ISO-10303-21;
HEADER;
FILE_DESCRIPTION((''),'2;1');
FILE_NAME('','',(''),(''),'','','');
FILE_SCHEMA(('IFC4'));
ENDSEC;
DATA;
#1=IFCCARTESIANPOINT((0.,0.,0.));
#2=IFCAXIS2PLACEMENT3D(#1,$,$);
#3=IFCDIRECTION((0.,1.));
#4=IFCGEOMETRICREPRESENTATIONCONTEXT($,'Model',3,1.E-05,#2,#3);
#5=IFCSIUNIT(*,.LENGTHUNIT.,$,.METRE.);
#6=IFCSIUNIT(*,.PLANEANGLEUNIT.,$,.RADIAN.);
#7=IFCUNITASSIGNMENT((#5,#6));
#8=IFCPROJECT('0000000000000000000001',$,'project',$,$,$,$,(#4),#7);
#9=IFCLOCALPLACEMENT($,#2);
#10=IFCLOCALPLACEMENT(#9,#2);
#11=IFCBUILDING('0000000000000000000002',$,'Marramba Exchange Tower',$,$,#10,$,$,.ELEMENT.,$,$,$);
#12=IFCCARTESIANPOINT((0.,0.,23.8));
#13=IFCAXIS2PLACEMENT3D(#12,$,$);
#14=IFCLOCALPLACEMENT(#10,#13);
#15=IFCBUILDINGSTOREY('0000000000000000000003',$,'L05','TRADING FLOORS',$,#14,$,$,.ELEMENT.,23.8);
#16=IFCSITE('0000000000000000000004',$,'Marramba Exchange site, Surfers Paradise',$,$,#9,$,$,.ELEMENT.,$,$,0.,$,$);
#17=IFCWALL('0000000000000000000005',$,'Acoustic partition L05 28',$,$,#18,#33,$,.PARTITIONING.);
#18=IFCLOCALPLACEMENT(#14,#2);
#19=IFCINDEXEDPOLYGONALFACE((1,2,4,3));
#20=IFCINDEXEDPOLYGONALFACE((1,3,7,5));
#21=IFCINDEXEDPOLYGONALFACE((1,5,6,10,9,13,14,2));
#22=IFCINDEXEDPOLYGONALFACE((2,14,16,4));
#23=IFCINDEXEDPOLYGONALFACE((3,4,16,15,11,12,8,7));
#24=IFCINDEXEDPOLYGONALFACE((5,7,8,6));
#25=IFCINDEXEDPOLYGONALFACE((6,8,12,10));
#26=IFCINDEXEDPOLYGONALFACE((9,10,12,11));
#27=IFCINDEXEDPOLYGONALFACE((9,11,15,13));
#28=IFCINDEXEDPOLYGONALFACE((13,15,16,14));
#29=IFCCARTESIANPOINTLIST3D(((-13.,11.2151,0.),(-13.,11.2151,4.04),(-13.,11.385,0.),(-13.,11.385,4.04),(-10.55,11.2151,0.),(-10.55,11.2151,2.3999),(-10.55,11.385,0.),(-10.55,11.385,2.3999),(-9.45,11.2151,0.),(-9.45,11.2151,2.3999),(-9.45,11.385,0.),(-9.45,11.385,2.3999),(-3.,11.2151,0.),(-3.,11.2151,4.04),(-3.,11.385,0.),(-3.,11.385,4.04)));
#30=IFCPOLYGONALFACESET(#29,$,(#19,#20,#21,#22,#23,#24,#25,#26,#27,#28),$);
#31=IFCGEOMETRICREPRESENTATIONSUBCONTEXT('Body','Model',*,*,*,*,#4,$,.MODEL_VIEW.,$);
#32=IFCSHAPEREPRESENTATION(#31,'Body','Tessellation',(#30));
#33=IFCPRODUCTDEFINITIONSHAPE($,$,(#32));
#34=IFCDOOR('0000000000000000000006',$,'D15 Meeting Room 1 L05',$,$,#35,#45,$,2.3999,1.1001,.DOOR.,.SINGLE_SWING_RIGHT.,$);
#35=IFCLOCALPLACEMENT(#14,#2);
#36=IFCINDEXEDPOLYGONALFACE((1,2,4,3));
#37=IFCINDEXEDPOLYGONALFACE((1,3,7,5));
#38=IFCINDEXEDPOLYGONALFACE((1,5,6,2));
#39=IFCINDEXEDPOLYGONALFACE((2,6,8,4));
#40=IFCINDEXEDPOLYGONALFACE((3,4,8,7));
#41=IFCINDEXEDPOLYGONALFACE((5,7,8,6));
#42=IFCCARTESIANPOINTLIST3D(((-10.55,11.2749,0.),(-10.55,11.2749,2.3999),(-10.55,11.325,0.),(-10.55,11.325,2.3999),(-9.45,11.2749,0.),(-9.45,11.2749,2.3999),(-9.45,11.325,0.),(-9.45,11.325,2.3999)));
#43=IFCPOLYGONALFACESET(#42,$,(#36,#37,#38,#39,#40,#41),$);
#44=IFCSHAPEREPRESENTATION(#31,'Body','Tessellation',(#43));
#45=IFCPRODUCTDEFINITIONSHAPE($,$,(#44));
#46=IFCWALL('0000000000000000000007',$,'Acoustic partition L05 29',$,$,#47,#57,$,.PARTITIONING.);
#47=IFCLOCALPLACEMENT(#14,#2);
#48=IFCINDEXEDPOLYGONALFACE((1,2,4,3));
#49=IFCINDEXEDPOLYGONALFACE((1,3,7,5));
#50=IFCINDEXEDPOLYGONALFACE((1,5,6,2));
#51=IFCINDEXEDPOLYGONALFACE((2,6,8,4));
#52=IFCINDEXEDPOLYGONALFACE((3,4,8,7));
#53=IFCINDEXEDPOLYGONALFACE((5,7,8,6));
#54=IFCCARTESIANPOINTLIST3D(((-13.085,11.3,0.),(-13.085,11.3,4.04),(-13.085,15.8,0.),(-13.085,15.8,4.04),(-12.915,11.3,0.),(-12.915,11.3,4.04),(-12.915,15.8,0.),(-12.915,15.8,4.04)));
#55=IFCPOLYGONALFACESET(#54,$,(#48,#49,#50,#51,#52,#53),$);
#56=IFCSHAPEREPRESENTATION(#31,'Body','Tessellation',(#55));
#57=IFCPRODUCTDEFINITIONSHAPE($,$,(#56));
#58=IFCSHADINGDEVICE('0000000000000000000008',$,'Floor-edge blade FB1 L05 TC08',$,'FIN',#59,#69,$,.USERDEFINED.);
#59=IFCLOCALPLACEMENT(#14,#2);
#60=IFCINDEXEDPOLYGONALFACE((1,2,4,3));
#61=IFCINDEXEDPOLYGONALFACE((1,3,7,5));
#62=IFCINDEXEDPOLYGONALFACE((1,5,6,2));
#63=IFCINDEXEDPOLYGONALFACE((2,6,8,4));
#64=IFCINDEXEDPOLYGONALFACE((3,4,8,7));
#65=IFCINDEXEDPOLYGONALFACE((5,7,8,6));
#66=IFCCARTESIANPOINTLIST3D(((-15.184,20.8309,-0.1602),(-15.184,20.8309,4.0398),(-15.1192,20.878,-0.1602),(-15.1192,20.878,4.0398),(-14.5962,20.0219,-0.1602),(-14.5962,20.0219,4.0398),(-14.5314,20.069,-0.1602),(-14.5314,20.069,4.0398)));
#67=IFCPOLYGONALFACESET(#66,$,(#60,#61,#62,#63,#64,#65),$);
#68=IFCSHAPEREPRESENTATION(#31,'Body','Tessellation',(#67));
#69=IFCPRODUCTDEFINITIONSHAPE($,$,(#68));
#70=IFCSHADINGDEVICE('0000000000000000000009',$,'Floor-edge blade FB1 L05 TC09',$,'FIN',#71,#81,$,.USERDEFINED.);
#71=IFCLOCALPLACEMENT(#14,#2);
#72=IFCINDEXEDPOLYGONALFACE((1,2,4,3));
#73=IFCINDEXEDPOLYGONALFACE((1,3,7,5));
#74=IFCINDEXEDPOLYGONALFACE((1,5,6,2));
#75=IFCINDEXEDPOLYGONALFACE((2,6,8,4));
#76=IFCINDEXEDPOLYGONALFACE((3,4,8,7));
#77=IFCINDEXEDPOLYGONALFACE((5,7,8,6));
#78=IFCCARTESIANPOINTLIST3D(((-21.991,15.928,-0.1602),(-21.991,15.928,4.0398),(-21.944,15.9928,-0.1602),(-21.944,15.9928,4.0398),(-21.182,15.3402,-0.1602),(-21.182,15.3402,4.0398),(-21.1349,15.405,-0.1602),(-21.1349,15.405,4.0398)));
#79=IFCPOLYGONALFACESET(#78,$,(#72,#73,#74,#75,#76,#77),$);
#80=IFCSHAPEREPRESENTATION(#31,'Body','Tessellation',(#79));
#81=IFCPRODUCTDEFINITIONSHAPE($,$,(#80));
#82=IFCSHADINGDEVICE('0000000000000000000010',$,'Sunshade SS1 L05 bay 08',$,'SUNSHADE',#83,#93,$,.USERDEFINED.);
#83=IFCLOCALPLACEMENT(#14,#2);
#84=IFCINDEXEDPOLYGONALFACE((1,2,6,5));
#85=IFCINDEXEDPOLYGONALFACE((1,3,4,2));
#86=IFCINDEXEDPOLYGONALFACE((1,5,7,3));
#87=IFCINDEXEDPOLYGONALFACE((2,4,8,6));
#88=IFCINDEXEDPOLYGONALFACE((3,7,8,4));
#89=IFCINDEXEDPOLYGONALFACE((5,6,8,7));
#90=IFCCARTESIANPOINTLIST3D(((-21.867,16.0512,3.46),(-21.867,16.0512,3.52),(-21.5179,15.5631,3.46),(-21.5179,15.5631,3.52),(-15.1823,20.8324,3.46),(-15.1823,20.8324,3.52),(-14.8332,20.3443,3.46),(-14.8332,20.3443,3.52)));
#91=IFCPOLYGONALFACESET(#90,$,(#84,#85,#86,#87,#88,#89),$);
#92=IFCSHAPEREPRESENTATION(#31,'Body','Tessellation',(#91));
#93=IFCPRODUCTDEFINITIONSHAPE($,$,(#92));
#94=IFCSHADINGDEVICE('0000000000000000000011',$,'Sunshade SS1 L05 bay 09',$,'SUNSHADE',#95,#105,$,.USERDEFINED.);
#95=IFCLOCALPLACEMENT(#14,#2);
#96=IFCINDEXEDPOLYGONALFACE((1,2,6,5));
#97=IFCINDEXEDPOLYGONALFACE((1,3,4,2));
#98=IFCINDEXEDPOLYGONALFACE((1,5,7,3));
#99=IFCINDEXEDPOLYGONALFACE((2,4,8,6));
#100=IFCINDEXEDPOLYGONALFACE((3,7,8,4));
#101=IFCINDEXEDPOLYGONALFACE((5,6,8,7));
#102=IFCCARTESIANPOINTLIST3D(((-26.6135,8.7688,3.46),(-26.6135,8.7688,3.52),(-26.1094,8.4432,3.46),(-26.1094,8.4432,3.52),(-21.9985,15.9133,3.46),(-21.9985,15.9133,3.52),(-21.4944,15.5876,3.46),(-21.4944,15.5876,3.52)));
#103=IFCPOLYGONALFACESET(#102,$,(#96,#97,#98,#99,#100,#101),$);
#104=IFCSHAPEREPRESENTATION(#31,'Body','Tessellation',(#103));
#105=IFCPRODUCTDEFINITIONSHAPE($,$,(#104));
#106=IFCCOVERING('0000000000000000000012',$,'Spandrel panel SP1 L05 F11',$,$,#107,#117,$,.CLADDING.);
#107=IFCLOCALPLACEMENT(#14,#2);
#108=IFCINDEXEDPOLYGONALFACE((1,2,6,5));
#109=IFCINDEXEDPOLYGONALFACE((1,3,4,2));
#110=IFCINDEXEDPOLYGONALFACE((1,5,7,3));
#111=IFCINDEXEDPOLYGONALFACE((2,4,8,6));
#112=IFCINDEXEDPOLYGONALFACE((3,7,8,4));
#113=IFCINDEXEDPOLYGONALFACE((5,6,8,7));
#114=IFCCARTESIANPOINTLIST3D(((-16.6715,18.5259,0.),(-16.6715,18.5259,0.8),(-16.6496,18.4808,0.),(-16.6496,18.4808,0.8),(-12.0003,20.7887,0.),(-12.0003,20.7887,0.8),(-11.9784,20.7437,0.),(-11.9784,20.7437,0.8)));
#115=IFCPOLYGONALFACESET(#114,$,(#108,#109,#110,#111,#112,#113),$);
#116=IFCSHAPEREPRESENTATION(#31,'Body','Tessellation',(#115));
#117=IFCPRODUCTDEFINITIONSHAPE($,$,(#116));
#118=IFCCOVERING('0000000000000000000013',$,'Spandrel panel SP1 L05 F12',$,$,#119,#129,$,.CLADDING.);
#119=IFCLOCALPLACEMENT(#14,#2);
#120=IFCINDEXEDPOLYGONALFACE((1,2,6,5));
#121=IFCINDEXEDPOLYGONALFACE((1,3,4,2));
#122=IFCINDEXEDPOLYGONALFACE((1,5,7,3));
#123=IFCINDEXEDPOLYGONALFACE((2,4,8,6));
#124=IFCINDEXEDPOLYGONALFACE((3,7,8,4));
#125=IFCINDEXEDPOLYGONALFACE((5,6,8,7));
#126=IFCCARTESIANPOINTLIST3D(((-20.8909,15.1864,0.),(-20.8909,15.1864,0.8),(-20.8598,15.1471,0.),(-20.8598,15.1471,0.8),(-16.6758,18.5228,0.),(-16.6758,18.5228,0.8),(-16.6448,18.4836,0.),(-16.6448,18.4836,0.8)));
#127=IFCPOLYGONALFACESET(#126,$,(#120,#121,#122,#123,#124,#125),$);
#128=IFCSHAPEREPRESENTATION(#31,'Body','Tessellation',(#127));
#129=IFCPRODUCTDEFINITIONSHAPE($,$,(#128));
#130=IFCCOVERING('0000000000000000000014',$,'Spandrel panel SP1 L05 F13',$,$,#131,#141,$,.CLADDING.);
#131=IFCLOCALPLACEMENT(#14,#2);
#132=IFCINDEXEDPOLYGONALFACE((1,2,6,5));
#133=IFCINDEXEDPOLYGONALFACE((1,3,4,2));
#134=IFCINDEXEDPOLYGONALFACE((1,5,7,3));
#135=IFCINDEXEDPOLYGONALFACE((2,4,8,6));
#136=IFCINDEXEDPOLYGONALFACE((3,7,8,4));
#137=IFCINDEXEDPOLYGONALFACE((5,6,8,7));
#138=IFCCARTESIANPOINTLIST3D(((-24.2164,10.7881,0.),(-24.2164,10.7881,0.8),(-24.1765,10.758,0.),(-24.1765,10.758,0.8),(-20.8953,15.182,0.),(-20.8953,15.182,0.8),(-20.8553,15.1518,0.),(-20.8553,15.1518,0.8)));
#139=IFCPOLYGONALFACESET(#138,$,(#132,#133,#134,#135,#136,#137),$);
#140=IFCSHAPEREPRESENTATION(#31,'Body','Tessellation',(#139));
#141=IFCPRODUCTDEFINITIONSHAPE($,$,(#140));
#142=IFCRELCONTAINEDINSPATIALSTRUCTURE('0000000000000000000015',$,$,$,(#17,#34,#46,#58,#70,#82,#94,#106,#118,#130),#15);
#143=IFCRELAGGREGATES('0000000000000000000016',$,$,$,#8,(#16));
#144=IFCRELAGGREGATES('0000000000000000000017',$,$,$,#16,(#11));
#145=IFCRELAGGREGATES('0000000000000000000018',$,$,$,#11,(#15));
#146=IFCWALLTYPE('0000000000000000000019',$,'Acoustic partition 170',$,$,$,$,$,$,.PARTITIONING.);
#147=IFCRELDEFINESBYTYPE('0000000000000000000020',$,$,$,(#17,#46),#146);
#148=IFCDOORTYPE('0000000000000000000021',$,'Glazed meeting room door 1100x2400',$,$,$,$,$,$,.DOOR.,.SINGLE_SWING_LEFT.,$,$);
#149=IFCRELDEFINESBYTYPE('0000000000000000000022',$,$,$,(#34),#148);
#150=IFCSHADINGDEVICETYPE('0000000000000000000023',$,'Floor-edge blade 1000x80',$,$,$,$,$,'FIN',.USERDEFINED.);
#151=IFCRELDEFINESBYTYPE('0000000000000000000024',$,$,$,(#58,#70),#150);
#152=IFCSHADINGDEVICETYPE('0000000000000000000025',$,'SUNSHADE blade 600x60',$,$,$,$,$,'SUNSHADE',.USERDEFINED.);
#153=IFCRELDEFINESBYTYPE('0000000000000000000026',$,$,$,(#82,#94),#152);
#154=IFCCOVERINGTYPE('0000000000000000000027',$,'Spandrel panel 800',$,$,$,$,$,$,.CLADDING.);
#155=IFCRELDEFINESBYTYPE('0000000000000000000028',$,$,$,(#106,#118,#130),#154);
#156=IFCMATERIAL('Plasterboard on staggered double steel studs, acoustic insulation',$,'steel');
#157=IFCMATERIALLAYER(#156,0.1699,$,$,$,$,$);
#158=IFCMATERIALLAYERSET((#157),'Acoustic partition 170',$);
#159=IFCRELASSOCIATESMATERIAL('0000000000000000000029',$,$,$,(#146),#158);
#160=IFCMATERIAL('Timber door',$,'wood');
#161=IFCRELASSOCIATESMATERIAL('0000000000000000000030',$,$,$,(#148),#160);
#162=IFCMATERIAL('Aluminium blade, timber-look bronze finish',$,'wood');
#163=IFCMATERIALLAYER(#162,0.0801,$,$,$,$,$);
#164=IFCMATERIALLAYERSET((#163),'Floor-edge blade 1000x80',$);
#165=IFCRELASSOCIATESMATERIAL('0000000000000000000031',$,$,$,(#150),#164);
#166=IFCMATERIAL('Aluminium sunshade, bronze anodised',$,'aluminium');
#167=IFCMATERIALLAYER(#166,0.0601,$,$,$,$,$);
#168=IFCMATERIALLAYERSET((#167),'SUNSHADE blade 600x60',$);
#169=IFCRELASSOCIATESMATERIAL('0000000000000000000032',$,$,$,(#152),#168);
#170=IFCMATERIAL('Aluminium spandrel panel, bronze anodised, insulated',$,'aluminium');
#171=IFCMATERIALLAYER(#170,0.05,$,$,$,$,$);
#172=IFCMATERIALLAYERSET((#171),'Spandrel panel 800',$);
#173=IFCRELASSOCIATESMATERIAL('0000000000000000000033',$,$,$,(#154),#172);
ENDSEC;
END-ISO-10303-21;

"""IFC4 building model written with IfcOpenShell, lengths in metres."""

from ifc_helpers import new_model, si_unit, direction, frame, frame_2d, origin, origin_2d, place, context, subcontext, project, spatial, rectangle, extrude, material, layer, layer_set, type_object, element, fill, save


model = new_model("IFC4")

# Units and contexts
model_context = context("Model", 3, precision=1e-05, world=origin(), true_north=direction((0.0, 1.0)))
body_context = subcontext(model_context, "Body", "Model", "MODEL_VIEW")
ifc_project = project(units=[si_unit("LENGTHUNIT", "METRE"), si_unit("PLANEANGLEUNIT", "RADIAN")], contexts=[model_context])

# Site, building, storey
site_placement = place(None, origin())
site = spatial("IfcSite", under=ifc_project, at=site_placement, Name="Marramba Exchange site, Surfers Paradise", CompositionType="ELEMENT", RefElevation=0.0)
building_placement = place(site_placement, origin())
building = spatial("IfcBuilding", under=site, at=building_placement, Name="Marramba Exchange Tower", CompositionType="ELEMENT")
storey_placement = place(building_placement, frame((0.0, 0.0, 23.8)))
storey = spatial("IfcBuildingStorey", under=building, at=storey_placement, Name="L05", Description="TRADING FLOORS", CompositionType="ELEMENT", Elevation=23.8)

# Wall, opening, door
ifc_material_1 = material(Name="Plasterboard on staggered double steel studs, acoustic insulation", Category="steel")
ifc_layer_1 = layer(ifc_material_1, 0.1699)
ifc_layer_set_1 = layer_set([ifc_layer_1], Name="Acoustic partition 170")
wall_type = type_object("IfcWallType", Name="Acoustic partition 170", PredefinedType="PARTITIONING", material=ifc_layer_set_1)
wall_1_placement = place(storey_placement, frame((-13.0, 11.3, 0.0), z_axis=(0.0, 0.0, 1.0), x_axis=(1.0, 0.0, 0.0)))
wall_1 = element("IfcWall", 1, at=wall_1_placement, inside=storey, type_object=wall_type, Name="Acoustic partition L05 28", PredefinedType="PARTITIONING", context=body_context, shape_type="SweptSolid", body=[
    extrude(rectangle(XDim=10.0, YDim=0.1699, at=frame_2d((5.0, 0.0))), origin(), (0.0, 0.0, 1.0), 4.04),
])
opening_placement = place(wall_1_placement, frame((2.45, 0.0, 0.0)))
opening = element("IfcOpeningElement", 2, at=opening_placement, cuts=wall_1, PredefinedType="OPENING", context=body_context, shape_type="SweptSolid", body=[
    extrude(rectangle(XDim=1.1001, YDim=2.3999, at=frame_2d((0.55, 1.2))), frame((0.0, 0.095, 0.0), z_axis=(0.0, -1.0, 0.0), x_axis=(1.0, 0.0, 0.0)), (0.0, 0.0, 1.0), 0.1899),
])
ifc_material_2 = material(Name="Timber door", Category="wood")
door_type = type_object("IfcDoorType", Name="Glazed meeting room door 1100x2400", OperationType="SINGLE_SWING_LEFT", PredefinedType="DOOR", material=ifc_material_2)
door_placement = place(opening_placement, origin())
door = element("IfcDoor", 3, at=door_placement, inside=storey, type_object=door_type, Name="D15 Meeting Room 1 L05", OperationType="SINGLE_SWING_RIGHT", OverallHeight=2.3999, OverallWidth=1.1001, PredefinedType="DOOR", context=body_context, shape_type="SweptSolid", body=[
    extrude(rectangle(XDim=1.1001, YDim=2.3999, at=frame_2d((0.55, 1.2))), frame((0.0, 0.0249, 0.0), z_axis=(0.0, -1.0, 0.0), x_axis=(1.0, 0.0, 0.0)), (0.0, 0.0, 1.0), 0.05),
])
fill(opening, door)

# Wall
wall_2_placement = place(storey_placement, frame((-13.0, 15.8, 0.0), z_axis=(0.0, 0.0, 1.0), x_axis=(0.0, -1.0, 0.0)))
element("IfcWall", 4, at=wall_2_placement, inside=storey, type_object=wall_type, Name="Acoustic partition L05 29", PredefinedType="PARTITIONING", context=body_context, shape_type="SweptSolid", body=[
    extrude(rectangle(XDim=4.5, YDim=0.1699, at=frame_2d((2.25, 0.0))), origin(), (0.0, 0.0, 1.0), 4.04),
])

# Shading devices
ifc_material_3 = material(Name="Aluminium blade, timber-look bronze finish", Category="wood")
ifc_layer_2 = layer(ifc_material_3, 0.0801)
ifc_layer_set_2 = layer_set([ifc_layer_2], Name="Floor-edge blade 1000x80")
shading_device_type_1 = type_object("IfcShadingDeviceType", Name="Floor-edge blade 1000x80", ElementType="FIN", PredefinedType="USERDEFINED", material=ifc_layer_set_2)
for number, where, z_axis, x_axis, name in (
    (5, (-14.8577, 20.45, -0.1602), (0.0, 0.0, 1.0), (-0.587785, 0.809017, 0.0), "Floor-edge blade FB1 L05 TC08"),
    (6, (-21.563, 15.6665, -0.1602), (0.0, 0.0, 1.0), (-0.809017, 0.587785, 0.0), "Floor-edge blade FB1 L05 TC09"),
):
    element("IfcShadingDevice", number, at=place(storey_placement, frame(where, z_axis=z_axis, x_axis=x_axis)), inside=storey, type_object=shading_device_type_1, Name=name, ObjectType="FIN", PredefinedType="USERDEFINED", context=body_context, shape_type="SweptSolid", body=[
        extrude(rectangle(XDim=1.0, YDim=0.0801, at=origin_2d()), origin(), (0.0, 0.0, 1.0), 4.2),
    ])
ifc_material_4 = material(Name="Aluminium sunshade, bronze anodised", Category="aluminium")
ifc_layer_3 = layer(ifc_material_4, 0.0601)
ifc_layer_set_3 = layer_set([ifc_layer_3], Name="SUNSHADE blade 600x60")
shading_device_type_2 = type_object("IfcShadingDeviceType", Name="SUNSHADE blade 600x60", ElementType="SUNSHADE", PredefinedType="USERDEFINED", material=ifc_layer_set_3)
shading_device_1_placement = place(storey_placement, frame((-18.3501, 18.1978, 3.46), z_axis=(0.0, 0.0, 1.0), x_axis=(-0.813363, -0.581757, 0.0)))
element("IfcShadingDevice", 7, at=shading_device_1_placement, inside=storey, type_object=shading_device_type_2, Name="Sunshade SS1 L05 bay 08", ObjectType="SUNSHADE", PredefinedType="USERDEFINED", context=body_context, shape_type="SweptSolid", body=[
    extrude(rectangle(XDim=8.2185, YDim=0.6001, at=origin_2d()), origin(), (0.0, 0.0, 1.0), 0.0601),
])
shading_device_2_placement = place(storey_placement, frame((-24.054, 12.1782, 3.46), z_axis=(0.0, 0.0, 1.0), x_axis=(-0.542597, -0.839993, 0.0)))
element("IfcShadingDevice", 8, at=shading_device_2_placement, inside=storey, type_object=shading_device_type_2, Name="Sunshade SS1 L05 bay 09", ObjectType="SUNSHADE", PredefinedType="USERDEFINED", context=body_context, shape_type="SweptSolid", body=[
    extrude(rectangle(XDim=8.5054, YDim=0.6001, at=origin_2d()), origin(), (0.0, 0.0, 1.0), 0.0601),
])

# Coverings
ifc_material_5 = material(Name="Aluminium spandrel panel, bronze anodised, insulated", Category="aluminium")
ifc_layer_4 = layer(ifc_material_5, 0.05)
ifc_layer_set_4 = layer_set([ifc_layer_4], Name="Spandrel panel 800")
covering_type = type_object("IfcCoveringType", Name="Spandrel panel 800", PredefinedType="CLADDING", material=ifc_layer_set_4)
covering_1_placement = place(storey_placement, frame((-14.325, 19.6348, 0.0), z_axis=(0.0, 0.0, 1.0), x_axis=(-0.899963, -0.435965, 0.0)))
element("IfcCovering", 9, at=covering_1_placement, inside=storey, type_object=covering_type, Name="Spandrel panel SP1 L05 F11", PredefinedType="CLADDING", context=body_context, shape_type="SweptSolid", body=[
    extrude(rectangle(XDim=5.1904, YDim=0.05, at=origin_2d()), origin(), (0.0, 0.0, 1.0), 0.8),
])
covering_2_placement = place(storey_placement, frame((-18.7678, 16.835, 0.0), z_axis=(0.0, 0.0, 1.0), x_axis=(-0.784088, -0.62065, 0.0)))
element("IfcCovering", 10, at=covering_2_placement, inside=storey, type_object=covering_type, Name="Spandrel panel SP1 L05 F12", PredefinedType="CLADDING", context=body_context, shape_type="SweptSolid", body=[
    extrude(rectangle(XDim=5.3757, YDim=0.05, at=origin_2d()), origin(), (0.0, 0.0, 1.0), 0.8),
])
covering_3_placement = place(storey_placement, frame((-22.5359, 12.97, 0.0), z_axis=(0.0, 0.0, 1.0), x_axis=(-0.60299, -0.797749, 0.0)))
element("IfcCovering", 11, at=covering_3_placement, inside=storey, type_object=covering_type, Name="Spandrel panel SP1 L05 F13", PredefinedType="CLADDING", context=body_context, shape_type="SweptSolid", body=[
    extrude(rectangle(XDim=5.5078, YDim=0.05, at=origin_2d()), origin(), (0.0, 0.0, 1.0), 0.8),
])

save(model, "model.ifc")
